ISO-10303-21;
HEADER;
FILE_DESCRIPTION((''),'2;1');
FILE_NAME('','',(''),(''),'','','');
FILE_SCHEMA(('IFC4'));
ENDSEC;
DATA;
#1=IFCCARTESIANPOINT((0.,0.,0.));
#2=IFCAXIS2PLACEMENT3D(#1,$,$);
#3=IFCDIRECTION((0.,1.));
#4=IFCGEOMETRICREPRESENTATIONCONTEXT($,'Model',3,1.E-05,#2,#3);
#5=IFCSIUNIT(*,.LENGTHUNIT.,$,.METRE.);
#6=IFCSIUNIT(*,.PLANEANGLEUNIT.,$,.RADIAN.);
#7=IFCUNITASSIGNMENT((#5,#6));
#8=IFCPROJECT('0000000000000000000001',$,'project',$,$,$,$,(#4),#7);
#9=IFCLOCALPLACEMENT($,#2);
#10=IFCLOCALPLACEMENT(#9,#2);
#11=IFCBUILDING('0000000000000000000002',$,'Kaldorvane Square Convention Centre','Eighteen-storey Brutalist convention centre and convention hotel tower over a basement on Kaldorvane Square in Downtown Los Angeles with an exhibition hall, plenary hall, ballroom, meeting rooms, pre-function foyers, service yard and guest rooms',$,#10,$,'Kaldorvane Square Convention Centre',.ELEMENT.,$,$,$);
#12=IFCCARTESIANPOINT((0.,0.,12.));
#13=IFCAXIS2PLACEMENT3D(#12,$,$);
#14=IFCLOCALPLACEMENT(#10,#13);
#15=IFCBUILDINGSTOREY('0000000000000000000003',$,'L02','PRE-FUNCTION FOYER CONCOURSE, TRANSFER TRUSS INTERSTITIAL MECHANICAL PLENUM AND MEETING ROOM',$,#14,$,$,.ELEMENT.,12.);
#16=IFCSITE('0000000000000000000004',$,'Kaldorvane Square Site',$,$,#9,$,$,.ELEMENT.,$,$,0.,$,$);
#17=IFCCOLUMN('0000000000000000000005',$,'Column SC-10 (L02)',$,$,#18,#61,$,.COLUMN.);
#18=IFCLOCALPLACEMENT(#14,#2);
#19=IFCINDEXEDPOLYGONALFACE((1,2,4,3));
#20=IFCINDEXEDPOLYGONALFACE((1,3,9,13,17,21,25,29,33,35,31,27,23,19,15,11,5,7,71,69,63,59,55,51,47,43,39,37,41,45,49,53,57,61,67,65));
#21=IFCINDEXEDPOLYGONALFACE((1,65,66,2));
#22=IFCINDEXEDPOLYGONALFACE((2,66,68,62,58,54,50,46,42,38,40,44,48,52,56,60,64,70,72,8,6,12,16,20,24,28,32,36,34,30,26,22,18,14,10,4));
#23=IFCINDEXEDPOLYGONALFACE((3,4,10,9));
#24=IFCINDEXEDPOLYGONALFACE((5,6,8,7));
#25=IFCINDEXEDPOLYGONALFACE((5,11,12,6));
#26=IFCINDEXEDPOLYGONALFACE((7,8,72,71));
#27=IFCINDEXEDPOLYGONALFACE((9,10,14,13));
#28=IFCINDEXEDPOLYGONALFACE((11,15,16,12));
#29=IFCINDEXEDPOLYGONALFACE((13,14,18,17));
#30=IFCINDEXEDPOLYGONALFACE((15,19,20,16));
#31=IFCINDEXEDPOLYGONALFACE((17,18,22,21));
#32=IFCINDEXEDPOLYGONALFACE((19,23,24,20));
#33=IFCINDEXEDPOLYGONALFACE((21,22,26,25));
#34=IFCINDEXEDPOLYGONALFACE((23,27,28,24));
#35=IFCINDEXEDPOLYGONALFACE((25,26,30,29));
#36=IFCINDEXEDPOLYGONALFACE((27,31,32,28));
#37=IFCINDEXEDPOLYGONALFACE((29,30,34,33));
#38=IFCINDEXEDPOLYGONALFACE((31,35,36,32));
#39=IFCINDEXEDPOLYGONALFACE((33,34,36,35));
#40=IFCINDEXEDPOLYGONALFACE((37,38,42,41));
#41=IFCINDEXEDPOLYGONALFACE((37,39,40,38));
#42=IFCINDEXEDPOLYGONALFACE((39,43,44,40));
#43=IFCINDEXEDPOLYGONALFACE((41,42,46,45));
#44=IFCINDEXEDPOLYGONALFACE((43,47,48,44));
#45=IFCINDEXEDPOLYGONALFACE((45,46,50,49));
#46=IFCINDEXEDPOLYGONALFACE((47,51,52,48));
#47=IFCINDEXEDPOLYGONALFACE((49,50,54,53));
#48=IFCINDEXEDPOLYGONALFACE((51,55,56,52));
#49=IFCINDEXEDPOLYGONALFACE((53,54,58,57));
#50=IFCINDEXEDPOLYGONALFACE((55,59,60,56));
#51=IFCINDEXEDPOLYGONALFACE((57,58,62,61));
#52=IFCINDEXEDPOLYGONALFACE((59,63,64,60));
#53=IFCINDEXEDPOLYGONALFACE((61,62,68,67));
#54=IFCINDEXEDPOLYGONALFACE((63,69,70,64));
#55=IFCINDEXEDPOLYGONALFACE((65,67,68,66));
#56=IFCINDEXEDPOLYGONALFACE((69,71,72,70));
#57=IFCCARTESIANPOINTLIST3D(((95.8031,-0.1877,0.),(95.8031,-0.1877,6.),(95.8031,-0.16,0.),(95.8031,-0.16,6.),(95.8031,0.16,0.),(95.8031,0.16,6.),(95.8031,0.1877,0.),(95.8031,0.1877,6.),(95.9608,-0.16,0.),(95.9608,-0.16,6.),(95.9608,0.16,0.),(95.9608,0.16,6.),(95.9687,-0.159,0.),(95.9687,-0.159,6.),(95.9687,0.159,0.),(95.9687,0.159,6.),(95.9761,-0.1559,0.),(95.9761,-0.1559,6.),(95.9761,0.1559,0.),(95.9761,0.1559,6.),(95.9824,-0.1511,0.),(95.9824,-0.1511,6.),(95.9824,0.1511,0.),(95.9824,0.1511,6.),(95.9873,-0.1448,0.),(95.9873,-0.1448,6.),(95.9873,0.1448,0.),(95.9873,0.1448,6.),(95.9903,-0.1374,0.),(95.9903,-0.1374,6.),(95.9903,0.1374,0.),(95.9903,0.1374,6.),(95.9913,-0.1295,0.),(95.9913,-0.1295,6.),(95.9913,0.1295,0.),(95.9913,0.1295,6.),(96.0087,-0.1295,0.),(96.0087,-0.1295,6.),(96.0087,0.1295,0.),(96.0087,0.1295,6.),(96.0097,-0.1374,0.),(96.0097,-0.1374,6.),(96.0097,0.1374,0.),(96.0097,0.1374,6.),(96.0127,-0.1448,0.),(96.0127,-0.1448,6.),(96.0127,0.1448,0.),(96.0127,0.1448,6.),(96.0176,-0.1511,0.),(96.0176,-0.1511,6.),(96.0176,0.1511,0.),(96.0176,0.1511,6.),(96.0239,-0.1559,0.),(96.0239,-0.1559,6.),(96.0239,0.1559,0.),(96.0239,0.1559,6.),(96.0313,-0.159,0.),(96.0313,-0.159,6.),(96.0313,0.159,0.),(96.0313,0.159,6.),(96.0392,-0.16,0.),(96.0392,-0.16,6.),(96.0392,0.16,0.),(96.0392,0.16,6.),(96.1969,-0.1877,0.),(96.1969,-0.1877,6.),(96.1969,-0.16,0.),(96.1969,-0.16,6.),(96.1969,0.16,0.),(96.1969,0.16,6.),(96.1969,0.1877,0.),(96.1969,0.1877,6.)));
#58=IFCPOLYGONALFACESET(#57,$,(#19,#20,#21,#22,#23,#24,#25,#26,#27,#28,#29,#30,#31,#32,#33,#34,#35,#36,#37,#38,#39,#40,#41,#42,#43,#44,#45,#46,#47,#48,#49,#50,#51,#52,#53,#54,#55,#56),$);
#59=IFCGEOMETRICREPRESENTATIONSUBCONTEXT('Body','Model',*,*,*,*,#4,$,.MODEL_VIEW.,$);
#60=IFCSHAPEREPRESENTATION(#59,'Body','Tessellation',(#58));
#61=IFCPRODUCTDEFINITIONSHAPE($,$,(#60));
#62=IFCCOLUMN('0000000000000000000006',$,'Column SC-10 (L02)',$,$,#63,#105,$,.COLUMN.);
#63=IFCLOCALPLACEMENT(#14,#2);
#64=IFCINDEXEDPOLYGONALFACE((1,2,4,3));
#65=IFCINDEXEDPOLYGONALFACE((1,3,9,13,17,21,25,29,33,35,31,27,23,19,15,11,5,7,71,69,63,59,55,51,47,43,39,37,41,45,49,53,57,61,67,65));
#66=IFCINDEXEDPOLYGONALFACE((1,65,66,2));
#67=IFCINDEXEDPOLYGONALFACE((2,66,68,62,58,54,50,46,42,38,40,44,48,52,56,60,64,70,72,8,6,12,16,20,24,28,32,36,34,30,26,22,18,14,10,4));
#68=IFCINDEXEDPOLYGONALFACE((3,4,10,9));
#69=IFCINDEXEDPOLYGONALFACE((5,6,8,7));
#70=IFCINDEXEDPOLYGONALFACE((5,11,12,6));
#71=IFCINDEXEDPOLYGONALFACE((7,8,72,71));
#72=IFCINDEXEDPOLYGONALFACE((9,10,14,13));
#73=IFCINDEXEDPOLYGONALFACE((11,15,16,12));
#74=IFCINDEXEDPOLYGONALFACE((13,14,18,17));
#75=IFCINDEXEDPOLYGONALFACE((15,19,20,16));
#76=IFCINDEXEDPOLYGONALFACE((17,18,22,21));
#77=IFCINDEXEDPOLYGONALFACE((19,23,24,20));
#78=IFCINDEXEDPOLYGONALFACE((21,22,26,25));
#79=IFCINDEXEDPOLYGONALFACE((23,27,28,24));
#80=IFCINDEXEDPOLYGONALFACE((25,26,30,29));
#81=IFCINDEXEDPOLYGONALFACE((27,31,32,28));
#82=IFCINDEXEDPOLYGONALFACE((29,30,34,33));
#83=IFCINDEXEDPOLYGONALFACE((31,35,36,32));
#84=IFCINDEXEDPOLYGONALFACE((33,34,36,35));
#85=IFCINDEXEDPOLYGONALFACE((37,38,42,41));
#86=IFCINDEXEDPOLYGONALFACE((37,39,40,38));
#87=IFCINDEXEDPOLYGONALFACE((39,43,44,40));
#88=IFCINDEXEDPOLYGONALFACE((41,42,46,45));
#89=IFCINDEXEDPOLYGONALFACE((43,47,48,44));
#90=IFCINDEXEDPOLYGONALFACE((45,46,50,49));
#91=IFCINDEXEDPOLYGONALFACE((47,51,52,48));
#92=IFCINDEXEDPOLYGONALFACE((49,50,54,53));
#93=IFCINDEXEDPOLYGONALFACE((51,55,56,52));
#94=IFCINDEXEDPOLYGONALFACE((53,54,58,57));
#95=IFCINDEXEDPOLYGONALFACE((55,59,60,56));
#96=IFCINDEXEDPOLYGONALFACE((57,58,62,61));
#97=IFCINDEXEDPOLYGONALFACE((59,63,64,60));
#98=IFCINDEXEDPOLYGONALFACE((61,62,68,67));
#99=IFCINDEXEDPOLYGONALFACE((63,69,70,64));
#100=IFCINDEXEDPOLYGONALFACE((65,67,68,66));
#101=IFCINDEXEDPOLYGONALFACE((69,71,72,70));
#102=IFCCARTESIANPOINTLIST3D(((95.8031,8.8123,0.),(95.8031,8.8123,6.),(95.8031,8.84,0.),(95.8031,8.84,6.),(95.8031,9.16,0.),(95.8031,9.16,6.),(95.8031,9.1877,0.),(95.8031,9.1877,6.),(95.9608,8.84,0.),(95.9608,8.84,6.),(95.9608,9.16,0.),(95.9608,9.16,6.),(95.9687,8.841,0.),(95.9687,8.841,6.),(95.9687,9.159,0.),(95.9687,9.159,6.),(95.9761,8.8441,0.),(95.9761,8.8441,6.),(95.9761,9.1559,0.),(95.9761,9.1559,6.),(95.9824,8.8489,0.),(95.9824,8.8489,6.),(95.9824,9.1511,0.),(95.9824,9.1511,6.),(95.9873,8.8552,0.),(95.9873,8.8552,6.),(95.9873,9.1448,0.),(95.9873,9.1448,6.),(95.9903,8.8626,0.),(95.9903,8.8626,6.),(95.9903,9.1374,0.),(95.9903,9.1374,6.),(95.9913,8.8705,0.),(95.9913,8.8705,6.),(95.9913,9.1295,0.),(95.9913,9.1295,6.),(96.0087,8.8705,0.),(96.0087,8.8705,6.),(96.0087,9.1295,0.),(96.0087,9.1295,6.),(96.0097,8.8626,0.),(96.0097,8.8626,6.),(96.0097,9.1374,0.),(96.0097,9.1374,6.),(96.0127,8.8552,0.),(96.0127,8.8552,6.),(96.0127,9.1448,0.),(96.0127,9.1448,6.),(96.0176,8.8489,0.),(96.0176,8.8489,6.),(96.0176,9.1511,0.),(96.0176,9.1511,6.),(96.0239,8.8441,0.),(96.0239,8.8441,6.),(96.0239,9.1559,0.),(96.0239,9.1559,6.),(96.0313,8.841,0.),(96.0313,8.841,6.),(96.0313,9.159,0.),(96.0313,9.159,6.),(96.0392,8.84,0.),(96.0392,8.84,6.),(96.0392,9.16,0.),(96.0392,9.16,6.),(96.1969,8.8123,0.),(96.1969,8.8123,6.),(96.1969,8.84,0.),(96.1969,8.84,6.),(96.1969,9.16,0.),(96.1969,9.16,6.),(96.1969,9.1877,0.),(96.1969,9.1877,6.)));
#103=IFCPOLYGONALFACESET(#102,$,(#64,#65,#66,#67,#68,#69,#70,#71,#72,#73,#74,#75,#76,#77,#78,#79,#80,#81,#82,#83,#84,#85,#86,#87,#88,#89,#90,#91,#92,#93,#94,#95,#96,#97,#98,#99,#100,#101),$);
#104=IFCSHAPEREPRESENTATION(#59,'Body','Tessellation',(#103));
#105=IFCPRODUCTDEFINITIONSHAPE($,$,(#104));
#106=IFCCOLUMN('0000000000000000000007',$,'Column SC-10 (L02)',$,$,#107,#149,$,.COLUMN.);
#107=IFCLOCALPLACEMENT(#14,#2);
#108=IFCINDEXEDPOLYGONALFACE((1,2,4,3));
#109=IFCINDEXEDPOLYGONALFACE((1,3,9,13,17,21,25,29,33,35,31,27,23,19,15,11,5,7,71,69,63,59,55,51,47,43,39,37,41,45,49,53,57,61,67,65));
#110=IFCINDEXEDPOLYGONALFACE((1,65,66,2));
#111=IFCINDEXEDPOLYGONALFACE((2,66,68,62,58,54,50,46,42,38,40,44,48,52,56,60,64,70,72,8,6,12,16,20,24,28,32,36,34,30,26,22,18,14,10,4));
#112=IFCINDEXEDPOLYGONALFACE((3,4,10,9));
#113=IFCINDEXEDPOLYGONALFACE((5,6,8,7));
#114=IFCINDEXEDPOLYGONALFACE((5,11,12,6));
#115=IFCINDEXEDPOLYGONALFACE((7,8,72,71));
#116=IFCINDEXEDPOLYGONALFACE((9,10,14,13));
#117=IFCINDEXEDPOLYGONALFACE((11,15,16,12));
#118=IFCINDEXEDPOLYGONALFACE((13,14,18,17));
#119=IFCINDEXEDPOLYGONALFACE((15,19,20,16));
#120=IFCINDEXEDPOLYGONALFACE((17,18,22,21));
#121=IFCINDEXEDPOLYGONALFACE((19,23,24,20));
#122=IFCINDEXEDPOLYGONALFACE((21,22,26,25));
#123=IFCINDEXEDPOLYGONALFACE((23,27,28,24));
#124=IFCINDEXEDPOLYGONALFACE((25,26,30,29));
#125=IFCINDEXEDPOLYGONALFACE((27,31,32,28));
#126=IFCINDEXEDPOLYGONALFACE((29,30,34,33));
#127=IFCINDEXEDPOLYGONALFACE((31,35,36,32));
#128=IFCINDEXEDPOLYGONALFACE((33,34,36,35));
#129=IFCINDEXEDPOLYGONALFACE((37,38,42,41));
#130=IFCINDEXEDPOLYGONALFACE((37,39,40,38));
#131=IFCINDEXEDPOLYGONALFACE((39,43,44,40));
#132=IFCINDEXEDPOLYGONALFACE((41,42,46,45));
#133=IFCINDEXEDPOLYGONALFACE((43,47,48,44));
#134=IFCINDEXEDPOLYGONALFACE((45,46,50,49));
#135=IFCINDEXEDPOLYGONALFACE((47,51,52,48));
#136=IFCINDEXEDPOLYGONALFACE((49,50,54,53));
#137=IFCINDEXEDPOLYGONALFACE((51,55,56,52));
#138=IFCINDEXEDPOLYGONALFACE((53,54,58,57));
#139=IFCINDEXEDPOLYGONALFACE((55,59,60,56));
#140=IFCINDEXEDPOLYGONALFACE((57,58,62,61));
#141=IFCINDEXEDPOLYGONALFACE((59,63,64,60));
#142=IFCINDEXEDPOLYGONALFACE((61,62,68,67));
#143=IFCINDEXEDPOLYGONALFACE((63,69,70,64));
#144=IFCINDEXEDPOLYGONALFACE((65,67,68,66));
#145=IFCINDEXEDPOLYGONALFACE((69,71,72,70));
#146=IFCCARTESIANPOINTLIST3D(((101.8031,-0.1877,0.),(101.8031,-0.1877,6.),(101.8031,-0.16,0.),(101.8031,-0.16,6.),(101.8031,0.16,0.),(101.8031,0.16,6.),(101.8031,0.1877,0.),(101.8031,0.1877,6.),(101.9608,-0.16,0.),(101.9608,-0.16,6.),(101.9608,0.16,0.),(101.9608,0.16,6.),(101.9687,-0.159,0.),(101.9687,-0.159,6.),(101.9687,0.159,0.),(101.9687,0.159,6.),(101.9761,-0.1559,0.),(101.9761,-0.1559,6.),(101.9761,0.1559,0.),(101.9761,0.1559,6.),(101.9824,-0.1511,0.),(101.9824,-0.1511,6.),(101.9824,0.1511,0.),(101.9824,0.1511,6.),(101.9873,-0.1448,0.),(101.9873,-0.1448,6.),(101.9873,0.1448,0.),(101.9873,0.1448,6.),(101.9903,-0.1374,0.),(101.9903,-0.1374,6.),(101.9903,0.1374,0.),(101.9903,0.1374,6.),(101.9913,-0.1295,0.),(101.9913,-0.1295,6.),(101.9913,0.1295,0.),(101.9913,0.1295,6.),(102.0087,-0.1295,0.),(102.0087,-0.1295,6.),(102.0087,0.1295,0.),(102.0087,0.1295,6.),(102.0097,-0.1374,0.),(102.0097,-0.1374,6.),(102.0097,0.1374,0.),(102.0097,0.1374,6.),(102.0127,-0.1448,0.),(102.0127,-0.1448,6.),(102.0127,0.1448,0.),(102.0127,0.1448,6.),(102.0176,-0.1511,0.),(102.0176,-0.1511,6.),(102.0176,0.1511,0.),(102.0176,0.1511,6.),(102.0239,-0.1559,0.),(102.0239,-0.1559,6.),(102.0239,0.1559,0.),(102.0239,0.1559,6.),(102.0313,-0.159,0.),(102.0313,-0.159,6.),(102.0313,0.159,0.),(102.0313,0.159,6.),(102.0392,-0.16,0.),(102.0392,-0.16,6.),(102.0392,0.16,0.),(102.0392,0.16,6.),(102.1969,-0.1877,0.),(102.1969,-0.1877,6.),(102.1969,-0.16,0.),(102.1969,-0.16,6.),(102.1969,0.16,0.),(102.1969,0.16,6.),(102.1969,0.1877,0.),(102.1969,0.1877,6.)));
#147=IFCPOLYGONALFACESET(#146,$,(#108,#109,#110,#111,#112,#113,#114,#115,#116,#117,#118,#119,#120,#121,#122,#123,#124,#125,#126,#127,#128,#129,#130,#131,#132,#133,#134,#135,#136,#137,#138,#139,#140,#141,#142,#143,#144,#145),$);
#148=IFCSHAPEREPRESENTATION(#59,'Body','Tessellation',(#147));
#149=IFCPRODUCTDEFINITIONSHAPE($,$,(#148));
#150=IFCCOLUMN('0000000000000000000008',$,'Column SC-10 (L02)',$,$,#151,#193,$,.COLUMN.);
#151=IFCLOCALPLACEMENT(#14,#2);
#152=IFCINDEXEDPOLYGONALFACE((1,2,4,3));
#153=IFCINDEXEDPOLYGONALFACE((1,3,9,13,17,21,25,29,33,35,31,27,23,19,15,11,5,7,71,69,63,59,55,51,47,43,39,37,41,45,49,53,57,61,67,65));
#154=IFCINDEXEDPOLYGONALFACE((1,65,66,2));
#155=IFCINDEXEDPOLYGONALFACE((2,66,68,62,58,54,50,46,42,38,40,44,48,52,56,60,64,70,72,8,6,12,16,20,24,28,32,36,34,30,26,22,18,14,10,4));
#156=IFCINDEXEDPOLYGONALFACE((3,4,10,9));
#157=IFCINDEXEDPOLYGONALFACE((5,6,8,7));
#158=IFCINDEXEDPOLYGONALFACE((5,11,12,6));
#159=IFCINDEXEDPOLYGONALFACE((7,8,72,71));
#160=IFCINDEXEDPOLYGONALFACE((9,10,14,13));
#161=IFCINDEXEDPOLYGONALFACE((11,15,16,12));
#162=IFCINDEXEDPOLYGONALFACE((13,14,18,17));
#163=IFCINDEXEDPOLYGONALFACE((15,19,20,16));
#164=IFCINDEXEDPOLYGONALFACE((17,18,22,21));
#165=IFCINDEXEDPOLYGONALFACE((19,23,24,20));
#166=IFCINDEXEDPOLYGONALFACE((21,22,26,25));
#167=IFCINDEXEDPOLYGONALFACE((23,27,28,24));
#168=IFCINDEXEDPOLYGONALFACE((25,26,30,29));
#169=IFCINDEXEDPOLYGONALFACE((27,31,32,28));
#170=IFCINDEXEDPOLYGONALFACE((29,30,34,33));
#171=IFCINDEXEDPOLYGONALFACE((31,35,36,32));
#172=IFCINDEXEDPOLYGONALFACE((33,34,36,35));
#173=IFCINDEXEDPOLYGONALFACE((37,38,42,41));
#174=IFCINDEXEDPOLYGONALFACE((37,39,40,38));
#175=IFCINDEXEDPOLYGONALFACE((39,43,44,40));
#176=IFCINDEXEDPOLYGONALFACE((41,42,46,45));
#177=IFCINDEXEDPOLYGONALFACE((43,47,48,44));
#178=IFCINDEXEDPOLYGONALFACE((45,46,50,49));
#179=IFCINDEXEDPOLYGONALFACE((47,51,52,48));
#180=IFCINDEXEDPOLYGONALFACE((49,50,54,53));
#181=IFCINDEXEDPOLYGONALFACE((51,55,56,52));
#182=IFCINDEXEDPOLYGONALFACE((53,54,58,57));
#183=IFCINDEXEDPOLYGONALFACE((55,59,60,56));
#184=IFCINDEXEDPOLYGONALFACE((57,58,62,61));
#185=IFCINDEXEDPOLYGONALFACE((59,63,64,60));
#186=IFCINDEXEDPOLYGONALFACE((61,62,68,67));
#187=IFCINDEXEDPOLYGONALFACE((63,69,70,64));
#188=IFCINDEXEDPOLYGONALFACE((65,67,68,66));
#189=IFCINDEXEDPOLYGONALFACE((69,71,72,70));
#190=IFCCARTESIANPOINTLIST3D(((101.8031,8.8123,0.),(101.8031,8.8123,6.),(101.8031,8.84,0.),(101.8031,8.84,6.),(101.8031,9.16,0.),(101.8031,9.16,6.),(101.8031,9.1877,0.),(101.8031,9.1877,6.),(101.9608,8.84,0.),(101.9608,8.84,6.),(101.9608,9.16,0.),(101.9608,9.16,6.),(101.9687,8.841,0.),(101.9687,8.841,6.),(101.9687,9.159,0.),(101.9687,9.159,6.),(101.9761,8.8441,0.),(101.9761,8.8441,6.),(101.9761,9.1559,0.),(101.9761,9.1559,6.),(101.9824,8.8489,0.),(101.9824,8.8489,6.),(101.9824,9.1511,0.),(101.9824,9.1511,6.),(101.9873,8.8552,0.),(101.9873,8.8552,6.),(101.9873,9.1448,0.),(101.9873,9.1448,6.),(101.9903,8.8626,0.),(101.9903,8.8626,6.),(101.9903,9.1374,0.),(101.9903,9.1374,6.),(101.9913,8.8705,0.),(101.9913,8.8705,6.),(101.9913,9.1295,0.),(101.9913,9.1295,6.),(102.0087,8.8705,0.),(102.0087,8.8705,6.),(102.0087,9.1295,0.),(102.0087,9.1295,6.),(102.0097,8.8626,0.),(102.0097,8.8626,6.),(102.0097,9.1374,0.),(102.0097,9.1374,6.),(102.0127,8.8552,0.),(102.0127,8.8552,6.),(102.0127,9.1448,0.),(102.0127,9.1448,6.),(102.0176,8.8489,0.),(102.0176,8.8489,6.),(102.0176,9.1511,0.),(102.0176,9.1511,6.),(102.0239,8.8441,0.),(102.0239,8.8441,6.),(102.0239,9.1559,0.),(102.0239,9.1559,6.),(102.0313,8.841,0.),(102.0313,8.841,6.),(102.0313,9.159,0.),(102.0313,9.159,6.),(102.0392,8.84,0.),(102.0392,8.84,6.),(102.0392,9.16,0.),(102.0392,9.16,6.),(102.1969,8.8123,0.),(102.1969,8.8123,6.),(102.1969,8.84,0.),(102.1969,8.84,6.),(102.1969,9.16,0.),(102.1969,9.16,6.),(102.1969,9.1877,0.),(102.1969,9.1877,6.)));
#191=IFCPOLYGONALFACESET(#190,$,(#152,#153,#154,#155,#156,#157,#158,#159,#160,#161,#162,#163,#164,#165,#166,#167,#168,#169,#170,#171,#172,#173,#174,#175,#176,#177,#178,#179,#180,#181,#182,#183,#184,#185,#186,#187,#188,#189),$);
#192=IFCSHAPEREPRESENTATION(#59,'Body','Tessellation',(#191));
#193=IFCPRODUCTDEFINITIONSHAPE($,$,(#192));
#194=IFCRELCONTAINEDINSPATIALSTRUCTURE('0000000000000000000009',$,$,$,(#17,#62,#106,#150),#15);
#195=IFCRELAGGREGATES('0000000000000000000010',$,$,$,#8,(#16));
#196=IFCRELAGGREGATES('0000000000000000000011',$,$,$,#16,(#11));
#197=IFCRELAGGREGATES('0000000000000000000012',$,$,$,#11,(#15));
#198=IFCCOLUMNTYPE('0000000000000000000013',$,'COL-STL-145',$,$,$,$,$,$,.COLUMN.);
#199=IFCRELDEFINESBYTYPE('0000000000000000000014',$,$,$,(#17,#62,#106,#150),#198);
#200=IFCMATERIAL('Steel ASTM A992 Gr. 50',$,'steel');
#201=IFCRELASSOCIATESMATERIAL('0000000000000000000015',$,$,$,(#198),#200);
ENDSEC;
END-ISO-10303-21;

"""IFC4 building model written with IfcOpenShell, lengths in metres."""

from ifc_helpers import new_model, si_unit, direction, frame, origin, origin_2d, place, context, subcontext, project, spatial, i_section, extrude, material, material_profile, profile_set, type_object, element, save


model = new_model("IFC4")

# Units and contexts
model_context = context("Model", 3, precision=1e-05, world=origin(), true_north=direction((0.0, 1.0)))
body_context = subcontext(model_context, "Body", "Model", "MODEL_VIEW")
ifc_project = project(units=[si_unit("LENGTHUNIT", "METRE"), si_unit("PLANEANGLEUNIT", "RADIAN")], contexts=[model_context])

# Site, building, storey
site_placement = place(None, origin())
site = spatial("IfcSite", under=ifc_project, at=site_placement, Name="Kaldorvane Square Site", CompositionType="ELEMENT", RefElevation=0.0)
building_placement = place(site_placement, origin())
building = spatial("IfcBuilding", under=site, at=building_placement, Name="Kaldorvane Square Convention Centre", Description="Eighteen-storey Brutalist convention centre and convention hotel tower over a basement on Kaldorvane Square in Downtown Los Angeles with an exhibition hall, plenary hall, ballroom, meeting rooms, pre-function foyers, service yard and guest rooms", LongName="Kaldorvane Square Convention Centre", CompositionType="ELEMENT")
storey_placement = place(building_placement, frame((0.0, 0.0, 12.0)))
storey = spatial("IfcBuildingStorey", under=building, at=storey_placement, Name="L02", Description="PRE-FUNCTION FOYER CONCOURSE, TRANSFER TRUSS INTERSTITIAL MECHANICAL PLENUM AND MEETING ROOM", CompositionType="ELEMENT", Elevation=12.0)

# Columns
ifc_material_1 = material(Name="Steel ASTM A992 Gr. 50", Category="steel")
ifc_material_profile_1 = material_profile(ifc_material_1, i_section(OverallWidth=0.3937, OverallDepth=0.3754, WebThickness=0.0173, FlangeThickness=0.0277, FilletRadius=0.0305, at=origin_2d()), Name="W14X145")
ifc_profile_set_1 = profile_set([ifc_material_profile_1], Name="Steel ASTM A992 Gr. 50")
column_type = type_object("IfcColumnType", Name="COL-STL-145", PredefinedType="COLUMN", material=ifc_profile_set_1)
for number, where, z_axis, x_axis, name in (
    (1, (96.0, 0.0, 0.0), (0.0, 0.0, 1.0), (1.0, 0.0, 0.0), "Column SC-10 (L02)"),
    (2, (96.0, 9.0, 0.0), (0.0, 0.0, 1.0), (1.0, 0.0, 0.0), "Column SC-10 (L02)"),
    (3, (102.0, 0.0, 0.0), (0.0, 0.0, 1.0), (1.0, 0.0, 0.0), "Column SC-10 (L02)"),
    (4, (102.0, 9.0, 0.0), (0.0, 0.0, 1.0), (1.0, 0.0, 0.0), "Column SC-10 (L02)"),
):
    element("IfcColumn", number, at=place(storey_placement, frame(where, z_axis=z_axis, x_axis=x_axis)), inside=storey, type_object=column_type, Name=name, PredefinedType="COLUMN", context=body_context, shape_type="SweptSolid", body=[
        extrude(i_section(OverallWidth=0.3937, OverallDepth=0.3754, WebThickness=0.0173, FlangeThickness=0.0277, FilletRadius=0.0305, at=origin_2d()), origin(), (0.0, 0.0, 1.0), 6.0),
    ])

save(model, "model.ifc")
